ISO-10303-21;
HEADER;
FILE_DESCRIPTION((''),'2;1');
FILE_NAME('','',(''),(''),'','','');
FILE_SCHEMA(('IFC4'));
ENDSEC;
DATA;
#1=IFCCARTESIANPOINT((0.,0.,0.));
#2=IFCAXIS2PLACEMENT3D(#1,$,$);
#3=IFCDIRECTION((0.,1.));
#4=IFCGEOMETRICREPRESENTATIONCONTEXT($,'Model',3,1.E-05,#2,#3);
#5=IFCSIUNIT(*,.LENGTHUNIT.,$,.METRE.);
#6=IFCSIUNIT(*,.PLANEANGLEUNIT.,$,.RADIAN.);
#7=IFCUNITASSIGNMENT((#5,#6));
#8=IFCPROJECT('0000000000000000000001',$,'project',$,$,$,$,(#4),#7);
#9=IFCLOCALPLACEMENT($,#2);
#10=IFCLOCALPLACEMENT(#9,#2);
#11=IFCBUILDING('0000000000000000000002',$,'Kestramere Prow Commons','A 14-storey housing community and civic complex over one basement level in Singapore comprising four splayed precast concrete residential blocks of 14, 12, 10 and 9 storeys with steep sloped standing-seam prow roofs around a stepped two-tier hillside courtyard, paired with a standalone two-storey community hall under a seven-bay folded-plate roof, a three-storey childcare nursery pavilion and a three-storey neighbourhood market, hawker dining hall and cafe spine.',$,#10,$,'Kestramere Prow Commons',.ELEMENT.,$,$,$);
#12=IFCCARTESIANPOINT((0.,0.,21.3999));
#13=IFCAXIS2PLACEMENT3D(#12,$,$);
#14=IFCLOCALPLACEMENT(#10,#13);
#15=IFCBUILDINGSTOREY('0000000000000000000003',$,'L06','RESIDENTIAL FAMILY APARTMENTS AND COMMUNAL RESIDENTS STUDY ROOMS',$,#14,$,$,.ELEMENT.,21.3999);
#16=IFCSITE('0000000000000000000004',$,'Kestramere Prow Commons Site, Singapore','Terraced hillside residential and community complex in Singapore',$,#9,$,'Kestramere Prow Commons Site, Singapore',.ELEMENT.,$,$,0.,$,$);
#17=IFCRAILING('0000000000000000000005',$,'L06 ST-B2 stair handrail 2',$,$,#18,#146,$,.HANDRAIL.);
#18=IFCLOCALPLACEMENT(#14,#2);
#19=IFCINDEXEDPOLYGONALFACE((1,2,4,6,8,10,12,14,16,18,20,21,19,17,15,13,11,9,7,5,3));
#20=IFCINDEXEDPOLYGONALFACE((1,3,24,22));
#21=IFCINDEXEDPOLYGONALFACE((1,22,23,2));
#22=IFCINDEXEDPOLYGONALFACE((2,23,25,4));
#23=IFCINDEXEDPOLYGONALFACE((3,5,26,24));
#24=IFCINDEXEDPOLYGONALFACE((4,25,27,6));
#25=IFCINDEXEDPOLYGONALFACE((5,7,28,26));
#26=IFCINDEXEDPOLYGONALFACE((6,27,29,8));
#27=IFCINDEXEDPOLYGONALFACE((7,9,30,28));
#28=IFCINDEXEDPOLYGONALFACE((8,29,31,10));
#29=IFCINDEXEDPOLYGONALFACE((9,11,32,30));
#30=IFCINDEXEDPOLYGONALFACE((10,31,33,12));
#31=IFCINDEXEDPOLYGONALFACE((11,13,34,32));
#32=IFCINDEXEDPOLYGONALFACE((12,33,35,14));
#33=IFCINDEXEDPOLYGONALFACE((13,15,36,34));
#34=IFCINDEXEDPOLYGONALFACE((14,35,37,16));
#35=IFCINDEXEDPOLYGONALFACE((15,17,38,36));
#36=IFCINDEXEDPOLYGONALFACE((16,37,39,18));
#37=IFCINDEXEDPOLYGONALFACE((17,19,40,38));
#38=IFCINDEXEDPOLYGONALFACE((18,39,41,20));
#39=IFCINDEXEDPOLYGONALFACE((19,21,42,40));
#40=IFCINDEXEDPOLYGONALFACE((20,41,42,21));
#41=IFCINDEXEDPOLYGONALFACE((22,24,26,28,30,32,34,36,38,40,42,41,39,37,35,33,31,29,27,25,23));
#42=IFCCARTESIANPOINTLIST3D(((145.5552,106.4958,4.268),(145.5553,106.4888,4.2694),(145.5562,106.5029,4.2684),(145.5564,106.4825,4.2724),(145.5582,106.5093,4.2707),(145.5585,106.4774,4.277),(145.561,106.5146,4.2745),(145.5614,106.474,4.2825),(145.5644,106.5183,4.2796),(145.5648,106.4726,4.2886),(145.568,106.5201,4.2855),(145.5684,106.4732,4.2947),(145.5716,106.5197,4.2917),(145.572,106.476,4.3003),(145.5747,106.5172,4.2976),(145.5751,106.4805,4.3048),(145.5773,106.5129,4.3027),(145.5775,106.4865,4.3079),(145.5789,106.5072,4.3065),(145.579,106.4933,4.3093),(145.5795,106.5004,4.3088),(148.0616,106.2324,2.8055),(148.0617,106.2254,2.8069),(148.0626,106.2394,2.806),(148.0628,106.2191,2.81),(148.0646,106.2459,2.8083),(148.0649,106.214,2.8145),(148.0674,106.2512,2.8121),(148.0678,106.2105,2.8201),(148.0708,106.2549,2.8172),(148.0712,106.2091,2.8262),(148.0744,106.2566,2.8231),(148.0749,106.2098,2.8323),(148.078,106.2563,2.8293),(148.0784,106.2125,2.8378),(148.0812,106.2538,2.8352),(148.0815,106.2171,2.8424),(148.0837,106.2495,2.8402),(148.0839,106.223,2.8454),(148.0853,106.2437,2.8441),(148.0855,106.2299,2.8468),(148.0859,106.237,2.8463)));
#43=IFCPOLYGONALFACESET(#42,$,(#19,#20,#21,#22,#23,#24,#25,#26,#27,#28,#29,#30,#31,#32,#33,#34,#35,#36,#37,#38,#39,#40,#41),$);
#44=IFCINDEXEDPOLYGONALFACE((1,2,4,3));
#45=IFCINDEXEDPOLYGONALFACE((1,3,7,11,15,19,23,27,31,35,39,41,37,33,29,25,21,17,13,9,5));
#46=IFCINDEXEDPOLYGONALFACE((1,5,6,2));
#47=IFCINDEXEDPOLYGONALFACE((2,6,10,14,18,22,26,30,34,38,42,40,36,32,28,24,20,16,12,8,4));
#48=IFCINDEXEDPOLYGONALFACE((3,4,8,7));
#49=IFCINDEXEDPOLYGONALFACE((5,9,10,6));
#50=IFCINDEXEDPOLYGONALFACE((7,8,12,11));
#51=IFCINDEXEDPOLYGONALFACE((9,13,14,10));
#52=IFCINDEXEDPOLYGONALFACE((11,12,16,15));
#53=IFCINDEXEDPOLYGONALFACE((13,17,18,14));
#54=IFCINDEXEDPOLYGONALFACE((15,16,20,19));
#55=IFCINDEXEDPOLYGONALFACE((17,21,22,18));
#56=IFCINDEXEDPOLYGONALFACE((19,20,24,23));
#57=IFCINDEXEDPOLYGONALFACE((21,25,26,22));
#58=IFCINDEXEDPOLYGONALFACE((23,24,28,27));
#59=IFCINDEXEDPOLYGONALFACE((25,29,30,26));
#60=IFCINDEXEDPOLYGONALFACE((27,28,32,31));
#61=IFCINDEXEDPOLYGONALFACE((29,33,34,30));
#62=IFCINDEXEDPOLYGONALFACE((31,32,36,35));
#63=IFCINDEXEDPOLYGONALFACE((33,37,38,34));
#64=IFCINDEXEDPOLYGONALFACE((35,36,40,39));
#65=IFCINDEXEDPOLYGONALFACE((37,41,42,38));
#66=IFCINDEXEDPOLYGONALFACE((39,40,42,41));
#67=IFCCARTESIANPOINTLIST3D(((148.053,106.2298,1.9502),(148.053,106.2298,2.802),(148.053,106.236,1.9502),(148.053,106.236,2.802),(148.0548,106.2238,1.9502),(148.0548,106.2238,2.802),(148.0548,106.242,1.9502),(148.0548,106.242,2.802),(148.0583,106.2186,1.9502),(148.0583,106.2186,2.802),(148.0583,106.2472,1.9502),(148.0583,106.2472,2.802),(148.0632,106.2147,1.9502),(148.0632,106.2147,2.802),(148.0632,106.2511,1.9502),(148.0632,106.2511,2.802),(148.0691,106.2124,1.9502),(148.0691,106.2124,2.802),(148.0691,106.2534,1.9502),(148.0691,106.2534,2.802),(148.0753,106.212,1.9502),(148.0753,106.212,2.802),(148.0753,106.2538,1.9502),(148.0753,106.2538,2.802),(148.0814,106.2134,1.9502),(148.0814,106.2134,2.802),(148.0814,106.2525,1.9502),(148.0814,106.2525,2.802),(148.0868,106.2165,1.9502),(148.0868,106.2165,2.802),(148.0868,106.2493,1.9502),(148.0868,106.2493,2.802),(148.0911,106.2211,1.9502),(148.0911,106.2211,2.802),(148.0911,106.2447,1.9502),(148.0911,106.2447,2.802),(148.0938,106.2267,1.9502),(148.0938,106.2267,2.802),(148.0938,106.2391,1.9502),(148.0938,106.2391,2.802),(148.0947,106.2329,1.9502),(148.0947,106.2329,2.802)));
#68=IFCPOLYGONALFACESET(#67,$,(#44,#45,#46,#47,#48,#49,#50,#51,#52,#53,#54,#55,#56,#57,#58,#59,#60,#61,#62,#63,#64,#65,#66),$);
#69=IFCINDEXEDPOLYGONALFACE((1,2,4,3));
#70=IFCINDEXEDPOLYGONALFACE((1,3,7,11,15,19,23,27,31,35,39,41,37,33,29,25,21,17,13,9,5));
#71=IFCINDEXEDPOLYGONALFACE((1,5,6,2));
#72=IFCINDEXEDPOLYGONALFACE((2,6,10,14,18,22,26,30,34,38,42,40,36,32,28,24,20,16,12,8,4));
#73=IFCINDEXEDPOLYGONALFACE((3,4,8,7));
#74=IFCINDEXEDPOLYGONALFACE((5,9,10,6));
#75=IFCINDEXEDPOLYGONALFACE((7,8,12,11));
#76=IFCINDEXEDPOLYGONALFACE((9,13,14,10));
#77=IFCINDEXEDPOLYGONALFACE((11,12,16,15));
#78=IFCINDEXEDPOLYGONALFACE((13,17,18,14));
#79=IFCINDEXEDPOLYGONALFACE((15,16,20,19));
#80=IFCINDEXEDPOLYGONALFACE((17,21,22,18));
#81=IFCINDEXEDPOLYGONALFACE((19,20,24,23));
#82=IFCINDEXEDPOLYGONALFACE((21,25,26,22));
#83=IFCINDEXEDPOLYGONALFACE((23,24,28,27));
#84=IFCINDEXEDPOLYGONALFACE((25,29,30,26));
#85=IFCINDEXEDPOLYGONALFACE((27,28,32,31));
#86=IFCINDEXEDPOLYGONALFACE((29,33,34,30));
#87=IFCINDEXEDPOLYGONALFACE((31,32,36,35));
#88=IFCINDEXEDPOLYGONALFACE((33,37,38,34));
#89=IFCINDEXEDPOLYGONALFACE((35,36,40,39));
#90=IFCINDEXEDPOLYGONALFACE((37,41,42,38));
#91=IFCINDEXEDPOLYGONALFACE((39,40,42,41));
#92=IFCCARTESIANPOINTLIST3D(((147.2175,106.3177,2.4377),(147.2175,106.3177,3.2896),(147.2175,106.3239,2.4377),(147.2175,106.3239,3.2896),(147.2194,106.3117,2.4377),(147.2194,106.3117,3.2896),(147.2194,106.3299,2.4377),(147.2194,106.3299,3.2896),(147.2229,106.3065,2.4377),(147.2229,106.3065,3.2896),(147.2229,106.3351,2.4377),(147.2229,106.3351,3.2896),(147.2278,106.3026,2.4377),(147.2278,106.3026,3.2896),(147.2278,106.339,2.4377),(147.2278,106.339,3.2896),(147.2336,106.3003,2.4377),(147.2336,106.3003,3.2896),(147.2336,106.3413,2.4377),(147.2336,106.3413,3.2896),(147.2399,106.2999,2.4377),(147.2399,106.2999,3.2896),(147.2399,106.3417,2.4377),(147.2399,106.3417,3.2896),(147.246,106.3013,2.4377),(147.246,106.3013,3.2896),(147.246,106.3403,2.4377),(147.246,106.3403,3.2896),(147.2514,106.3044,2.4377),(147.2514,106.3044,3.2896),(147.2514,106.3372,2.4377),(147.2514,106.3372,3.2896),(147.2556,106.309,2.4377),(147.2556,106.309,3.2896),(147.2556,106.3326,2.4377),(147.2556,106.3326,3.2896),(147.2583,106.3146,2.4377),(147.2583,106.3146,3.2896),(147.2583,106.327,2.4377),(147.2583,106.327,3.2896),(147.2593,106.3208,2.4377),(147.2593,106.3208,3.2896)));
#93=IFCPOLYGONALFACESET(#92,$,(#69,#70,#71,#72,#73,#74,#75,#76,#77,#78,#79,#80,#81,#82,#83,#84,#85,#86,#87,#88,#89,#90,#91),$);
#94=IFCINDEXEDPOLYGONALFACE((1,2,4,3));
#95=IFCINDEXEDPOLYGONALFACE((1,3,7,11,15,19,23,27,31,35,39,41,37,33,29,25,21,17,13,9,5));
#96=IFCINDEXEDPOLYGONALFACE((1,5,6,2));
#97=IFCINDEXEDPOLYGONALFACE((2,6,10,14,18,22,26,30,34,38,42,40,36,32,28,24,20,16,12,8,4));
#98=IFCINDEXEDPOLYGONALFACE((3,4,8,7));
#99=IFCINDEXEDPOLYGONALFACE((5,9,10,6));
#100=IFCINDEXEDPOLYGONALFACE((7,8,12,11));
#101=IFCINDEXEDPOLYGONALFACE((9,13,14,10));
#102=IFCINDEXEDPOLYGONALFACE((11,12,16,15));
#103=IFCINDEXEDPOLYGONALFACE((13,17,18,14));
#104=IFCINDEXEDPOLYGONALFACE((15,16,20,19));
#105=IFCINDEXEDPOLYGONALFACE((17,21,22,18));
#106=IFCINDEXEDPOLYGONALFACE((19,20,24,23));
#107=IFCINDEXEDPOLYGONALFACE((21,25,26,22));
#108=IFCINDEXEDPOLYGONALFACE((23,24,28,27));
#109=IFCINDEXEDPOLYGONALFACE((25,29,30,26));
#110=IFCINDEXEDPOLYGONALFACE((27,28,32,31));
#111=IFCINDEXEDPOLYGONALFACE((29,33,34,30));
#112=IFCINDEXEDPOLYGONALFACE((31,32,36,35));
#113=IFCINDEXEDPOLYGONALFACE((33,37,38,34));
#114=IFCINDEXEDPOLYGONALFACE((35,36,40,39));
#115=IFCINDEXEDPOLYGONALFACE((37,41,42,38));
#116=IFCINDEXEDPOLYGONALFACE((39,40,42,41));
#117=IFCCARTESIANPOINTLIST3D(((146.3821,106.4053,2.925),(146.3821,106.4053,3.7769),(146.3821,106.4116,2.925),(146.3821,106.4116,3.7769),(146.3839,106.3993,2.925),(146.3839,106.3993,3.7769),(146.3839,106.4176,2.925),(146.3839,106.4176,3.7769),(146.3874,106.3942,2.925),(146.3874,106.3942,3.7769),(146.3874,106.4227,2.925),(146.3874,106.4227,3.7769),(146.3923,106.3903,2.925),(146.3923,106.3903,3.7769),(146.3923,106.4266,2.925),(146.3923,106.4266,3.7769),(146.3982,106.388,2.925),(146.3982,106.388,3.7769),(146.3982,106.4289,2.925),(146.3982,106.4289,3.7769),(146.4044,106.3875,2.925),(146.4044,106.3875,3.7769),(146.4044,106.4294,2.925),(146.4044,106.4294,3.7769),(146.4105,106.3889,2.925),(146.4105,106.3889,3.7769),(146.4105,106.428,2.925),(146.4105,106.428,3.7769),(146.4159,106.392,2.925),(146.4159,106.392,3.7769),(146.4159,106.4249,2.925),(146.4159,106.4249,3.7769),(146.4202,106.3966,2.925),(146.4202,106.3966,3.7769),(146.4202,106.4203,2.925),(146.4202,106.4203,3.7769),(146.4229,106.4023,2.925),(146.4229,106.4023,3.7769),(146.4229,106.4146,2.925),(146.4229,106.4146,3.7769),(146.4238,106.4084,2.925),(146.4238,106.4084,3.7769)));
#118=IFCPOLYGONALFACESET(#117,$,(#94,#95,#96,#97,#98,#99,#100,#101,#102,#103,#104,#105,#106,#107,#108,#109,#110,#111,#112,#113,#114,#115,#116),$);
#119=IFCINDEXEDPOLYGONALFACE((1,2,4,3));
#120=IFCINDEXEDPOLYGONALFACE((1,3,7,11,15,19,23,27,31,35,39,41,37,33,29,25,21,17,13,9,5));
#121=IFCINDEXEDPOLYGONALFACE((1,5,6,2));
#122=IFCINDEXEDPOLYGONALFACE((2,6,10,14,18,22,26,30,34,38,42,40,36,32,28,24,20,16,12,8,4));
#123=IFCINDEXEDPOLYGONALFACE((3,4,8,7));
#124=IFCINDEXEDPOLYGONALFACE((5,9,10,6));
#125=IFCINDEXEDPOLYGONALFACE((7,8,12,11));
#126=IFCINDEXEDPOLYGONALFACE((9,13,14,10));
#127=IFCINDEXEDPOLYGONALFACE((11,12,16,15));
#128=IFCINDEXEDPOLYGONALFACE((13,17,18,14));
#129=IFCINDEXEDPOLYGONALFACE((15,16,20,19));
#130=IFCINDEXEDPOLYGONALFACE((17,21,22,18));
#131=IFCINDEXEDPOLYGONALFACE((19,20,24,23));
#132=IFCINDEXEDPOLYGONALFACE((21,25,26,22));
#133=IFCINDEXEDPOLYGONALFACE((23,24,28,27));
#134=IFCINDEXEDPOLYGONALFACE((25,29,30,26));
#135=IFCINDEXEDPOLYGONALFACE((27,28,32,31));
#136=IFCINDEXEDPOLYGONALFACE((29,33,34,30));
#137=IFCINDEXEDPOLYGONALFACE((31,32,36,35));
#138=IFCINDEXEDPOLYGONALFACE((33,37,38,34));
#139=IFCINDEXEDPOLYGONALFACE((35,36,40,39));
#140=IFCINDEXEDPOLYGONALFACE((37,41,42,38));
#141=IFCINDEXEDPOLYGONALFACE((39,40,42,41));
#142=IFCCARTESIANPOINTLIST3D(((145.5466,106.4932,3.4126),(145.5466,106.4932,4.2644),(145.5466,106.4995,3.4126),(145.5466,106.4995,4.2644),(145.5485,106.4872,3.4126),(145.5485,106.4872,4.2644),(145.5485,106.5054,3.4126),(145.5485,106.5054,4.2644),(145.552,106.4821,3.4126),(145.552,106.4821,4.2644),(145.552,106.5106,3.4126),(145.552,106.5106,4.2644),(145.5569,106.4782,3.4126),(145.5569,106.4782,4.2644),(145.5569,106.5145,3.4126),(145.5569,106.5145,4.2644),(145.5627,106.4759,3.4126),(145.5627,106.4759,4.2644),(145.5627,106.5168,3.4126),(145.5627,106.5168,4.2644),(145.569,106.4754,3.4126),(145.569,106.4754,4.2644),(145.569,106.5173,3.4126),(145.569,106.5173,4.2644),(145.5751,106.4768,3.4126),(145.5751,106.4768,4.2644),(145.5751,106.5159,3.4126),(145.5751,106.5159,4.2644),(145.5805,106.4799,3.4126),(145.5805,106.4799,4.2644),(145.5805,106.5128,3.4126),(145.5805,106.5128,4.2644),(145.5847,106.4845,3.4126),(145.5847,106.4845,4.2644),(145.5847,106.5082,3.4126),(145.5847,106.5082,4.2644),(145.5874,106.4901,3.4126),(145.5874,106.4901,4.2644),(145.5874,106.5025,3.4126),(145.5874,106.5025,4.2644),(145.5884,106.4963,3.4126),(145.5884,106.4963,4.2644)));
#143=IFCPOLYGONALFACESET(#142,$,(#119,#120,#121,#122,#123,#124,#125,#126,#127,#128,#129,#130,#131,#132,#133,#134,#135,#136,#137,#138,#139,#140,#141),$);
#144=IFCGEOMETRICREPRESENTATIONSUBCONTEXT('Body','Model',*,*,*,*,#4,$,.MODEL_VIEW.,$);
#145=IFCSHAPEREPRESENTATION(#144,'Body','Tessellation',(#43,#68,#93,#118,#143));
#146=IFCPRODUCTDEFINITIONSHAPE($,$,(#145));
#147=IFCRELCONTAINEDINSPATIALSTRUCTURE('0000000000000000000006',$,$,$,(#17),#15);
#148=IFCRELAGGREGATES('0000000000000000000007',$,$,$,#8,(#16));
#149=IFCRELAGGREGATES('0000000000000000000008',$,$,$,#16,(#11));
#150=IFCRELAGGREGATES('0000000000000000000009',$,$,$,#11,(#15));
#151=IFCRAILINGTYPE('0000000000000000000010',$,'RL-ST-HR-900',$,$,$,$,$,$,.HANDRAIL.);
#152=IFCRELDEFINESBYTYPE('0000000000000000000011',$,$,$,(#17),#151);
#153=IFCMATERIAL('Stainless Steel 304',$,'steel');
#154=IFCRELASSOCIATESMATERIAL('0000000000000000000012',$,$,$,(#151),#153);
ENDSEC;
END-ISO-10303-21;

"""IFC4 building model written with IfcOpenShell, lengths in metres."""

from ifc_helpers import new_model, si_unit, direction, frame, origin, origin_2d, place, context, subcontext, project, spatial, circle, extrude, material, type_object, element, save


model = new_model("IFC4")

# Units and contexts
model_context = context("Model", 3, precision=1e-05, world=origin(), true_north=direction((0.0, 1.0)))
body_context = subcontext(model_context, "Body", "Model", "MODEL_VIEW")
ifc_project = project(units=[si_unit("LENGTHUNIT", "METRE"), si_unit("PLANEANGLEUNIT", "RADIAN")], contexts=[model_context])

# Site, building, storey
site_placement = place(None, origin())
site = spatial("IfcSite", under=ifc_project, at=site_placement, Name="Kestramere Prow Commons Site, Singapore", Description="Terraced hillside residential and community complex in Singapore", LongName="Kestramere Prow Commons Site, Singapore", CompositionType="ELEMENT", RefElevation=0.0)
building_placement = place(site_placement, origin())
building = spatial("IfcBuilding", under=site, at=building_placement, Name="Kestramere Prow Commons", Description="A 14-storey housing community and civic complex over one basement level in Singapore comprising four splayed precast concrete residential blocks of 14, 12, 10 and 9 storeys with steep sloped standing-seam prow roofs around a stepped two-tier hillside courtyard, paired with a standalone two-storey community hall under a seven-bay folded-plate roof, a three-storey childcare nursery pavilion and a three-storey neighbourhood market, hawker dining hall and cafe spine.", LongName="Kestramere Prow Commons", CompositionType="ELEMENT")
storey_placement = place(building_placement, frame((0.0, 0.0, 21.3999)))
storey = spatial("IfcBuildingStorey", under=building, at=storey_placement, Name="L06", Description="RESIDENTIAL FAMILY APARTMENTS AND COMMUNAL RESIDENTS STUDY ROOMS", CompositionType="ELEMENT", Elevation=21.3999)

# Railing
ifc_material_1 = material(Name="Stainless Steel 304", Category="steel")
railing_type_1 = type_object("IfcRailingType", Name="RL-ST-HR-900", PredefinedType="HANDRAIL", material=ifc_material_1)
railing_1_placement = place(storey_placement, frame((148.0737, 106.2329, 1.9502)))
element("IfcRailing", 1, at=railing_1_placement, inside=storey, type_object=railing_type_1, Name="L06 ST-B2 stair handrail 2", PredefinedType="HANDRAIL", context=body_context, shape_type="SweptSolid", body=[
    extrude(circle(Radius=0.0239, at=origin_2d()), frame((0.0, 0.0, 0.876), z_axis=(-0.860187, 0.090409, 0.501901), x_axis=(-0.104528, -0.994522, 0.0)), (0.0, 0.0, 1.0), 2.9138),
    extrude(circle(Radius=0.021, at=origin_2d()), origin(), (0.0, 0.0, 1.0), 0.8518),
    extrude(circle(Radius=0.021, at=origin_2d()), frame((-0.8354, 0.0879, 0.4875)), (0.0, 0.0, 1.0), 0.8518),
    extrude(circle(Radius=0.021, at=origin_2d()), frame((-1.6709, 0.1755, 0.9749)), (0.0, 0.0, 1.0), 0.8518),
    extrude(circle(Radius=0.021, at=origin_2d()), frame((-2.5063, 0.2634, 1.4624)), (0.0, 0.0, 1.0), 0.8518),
])

save(model, "model.ifc")
